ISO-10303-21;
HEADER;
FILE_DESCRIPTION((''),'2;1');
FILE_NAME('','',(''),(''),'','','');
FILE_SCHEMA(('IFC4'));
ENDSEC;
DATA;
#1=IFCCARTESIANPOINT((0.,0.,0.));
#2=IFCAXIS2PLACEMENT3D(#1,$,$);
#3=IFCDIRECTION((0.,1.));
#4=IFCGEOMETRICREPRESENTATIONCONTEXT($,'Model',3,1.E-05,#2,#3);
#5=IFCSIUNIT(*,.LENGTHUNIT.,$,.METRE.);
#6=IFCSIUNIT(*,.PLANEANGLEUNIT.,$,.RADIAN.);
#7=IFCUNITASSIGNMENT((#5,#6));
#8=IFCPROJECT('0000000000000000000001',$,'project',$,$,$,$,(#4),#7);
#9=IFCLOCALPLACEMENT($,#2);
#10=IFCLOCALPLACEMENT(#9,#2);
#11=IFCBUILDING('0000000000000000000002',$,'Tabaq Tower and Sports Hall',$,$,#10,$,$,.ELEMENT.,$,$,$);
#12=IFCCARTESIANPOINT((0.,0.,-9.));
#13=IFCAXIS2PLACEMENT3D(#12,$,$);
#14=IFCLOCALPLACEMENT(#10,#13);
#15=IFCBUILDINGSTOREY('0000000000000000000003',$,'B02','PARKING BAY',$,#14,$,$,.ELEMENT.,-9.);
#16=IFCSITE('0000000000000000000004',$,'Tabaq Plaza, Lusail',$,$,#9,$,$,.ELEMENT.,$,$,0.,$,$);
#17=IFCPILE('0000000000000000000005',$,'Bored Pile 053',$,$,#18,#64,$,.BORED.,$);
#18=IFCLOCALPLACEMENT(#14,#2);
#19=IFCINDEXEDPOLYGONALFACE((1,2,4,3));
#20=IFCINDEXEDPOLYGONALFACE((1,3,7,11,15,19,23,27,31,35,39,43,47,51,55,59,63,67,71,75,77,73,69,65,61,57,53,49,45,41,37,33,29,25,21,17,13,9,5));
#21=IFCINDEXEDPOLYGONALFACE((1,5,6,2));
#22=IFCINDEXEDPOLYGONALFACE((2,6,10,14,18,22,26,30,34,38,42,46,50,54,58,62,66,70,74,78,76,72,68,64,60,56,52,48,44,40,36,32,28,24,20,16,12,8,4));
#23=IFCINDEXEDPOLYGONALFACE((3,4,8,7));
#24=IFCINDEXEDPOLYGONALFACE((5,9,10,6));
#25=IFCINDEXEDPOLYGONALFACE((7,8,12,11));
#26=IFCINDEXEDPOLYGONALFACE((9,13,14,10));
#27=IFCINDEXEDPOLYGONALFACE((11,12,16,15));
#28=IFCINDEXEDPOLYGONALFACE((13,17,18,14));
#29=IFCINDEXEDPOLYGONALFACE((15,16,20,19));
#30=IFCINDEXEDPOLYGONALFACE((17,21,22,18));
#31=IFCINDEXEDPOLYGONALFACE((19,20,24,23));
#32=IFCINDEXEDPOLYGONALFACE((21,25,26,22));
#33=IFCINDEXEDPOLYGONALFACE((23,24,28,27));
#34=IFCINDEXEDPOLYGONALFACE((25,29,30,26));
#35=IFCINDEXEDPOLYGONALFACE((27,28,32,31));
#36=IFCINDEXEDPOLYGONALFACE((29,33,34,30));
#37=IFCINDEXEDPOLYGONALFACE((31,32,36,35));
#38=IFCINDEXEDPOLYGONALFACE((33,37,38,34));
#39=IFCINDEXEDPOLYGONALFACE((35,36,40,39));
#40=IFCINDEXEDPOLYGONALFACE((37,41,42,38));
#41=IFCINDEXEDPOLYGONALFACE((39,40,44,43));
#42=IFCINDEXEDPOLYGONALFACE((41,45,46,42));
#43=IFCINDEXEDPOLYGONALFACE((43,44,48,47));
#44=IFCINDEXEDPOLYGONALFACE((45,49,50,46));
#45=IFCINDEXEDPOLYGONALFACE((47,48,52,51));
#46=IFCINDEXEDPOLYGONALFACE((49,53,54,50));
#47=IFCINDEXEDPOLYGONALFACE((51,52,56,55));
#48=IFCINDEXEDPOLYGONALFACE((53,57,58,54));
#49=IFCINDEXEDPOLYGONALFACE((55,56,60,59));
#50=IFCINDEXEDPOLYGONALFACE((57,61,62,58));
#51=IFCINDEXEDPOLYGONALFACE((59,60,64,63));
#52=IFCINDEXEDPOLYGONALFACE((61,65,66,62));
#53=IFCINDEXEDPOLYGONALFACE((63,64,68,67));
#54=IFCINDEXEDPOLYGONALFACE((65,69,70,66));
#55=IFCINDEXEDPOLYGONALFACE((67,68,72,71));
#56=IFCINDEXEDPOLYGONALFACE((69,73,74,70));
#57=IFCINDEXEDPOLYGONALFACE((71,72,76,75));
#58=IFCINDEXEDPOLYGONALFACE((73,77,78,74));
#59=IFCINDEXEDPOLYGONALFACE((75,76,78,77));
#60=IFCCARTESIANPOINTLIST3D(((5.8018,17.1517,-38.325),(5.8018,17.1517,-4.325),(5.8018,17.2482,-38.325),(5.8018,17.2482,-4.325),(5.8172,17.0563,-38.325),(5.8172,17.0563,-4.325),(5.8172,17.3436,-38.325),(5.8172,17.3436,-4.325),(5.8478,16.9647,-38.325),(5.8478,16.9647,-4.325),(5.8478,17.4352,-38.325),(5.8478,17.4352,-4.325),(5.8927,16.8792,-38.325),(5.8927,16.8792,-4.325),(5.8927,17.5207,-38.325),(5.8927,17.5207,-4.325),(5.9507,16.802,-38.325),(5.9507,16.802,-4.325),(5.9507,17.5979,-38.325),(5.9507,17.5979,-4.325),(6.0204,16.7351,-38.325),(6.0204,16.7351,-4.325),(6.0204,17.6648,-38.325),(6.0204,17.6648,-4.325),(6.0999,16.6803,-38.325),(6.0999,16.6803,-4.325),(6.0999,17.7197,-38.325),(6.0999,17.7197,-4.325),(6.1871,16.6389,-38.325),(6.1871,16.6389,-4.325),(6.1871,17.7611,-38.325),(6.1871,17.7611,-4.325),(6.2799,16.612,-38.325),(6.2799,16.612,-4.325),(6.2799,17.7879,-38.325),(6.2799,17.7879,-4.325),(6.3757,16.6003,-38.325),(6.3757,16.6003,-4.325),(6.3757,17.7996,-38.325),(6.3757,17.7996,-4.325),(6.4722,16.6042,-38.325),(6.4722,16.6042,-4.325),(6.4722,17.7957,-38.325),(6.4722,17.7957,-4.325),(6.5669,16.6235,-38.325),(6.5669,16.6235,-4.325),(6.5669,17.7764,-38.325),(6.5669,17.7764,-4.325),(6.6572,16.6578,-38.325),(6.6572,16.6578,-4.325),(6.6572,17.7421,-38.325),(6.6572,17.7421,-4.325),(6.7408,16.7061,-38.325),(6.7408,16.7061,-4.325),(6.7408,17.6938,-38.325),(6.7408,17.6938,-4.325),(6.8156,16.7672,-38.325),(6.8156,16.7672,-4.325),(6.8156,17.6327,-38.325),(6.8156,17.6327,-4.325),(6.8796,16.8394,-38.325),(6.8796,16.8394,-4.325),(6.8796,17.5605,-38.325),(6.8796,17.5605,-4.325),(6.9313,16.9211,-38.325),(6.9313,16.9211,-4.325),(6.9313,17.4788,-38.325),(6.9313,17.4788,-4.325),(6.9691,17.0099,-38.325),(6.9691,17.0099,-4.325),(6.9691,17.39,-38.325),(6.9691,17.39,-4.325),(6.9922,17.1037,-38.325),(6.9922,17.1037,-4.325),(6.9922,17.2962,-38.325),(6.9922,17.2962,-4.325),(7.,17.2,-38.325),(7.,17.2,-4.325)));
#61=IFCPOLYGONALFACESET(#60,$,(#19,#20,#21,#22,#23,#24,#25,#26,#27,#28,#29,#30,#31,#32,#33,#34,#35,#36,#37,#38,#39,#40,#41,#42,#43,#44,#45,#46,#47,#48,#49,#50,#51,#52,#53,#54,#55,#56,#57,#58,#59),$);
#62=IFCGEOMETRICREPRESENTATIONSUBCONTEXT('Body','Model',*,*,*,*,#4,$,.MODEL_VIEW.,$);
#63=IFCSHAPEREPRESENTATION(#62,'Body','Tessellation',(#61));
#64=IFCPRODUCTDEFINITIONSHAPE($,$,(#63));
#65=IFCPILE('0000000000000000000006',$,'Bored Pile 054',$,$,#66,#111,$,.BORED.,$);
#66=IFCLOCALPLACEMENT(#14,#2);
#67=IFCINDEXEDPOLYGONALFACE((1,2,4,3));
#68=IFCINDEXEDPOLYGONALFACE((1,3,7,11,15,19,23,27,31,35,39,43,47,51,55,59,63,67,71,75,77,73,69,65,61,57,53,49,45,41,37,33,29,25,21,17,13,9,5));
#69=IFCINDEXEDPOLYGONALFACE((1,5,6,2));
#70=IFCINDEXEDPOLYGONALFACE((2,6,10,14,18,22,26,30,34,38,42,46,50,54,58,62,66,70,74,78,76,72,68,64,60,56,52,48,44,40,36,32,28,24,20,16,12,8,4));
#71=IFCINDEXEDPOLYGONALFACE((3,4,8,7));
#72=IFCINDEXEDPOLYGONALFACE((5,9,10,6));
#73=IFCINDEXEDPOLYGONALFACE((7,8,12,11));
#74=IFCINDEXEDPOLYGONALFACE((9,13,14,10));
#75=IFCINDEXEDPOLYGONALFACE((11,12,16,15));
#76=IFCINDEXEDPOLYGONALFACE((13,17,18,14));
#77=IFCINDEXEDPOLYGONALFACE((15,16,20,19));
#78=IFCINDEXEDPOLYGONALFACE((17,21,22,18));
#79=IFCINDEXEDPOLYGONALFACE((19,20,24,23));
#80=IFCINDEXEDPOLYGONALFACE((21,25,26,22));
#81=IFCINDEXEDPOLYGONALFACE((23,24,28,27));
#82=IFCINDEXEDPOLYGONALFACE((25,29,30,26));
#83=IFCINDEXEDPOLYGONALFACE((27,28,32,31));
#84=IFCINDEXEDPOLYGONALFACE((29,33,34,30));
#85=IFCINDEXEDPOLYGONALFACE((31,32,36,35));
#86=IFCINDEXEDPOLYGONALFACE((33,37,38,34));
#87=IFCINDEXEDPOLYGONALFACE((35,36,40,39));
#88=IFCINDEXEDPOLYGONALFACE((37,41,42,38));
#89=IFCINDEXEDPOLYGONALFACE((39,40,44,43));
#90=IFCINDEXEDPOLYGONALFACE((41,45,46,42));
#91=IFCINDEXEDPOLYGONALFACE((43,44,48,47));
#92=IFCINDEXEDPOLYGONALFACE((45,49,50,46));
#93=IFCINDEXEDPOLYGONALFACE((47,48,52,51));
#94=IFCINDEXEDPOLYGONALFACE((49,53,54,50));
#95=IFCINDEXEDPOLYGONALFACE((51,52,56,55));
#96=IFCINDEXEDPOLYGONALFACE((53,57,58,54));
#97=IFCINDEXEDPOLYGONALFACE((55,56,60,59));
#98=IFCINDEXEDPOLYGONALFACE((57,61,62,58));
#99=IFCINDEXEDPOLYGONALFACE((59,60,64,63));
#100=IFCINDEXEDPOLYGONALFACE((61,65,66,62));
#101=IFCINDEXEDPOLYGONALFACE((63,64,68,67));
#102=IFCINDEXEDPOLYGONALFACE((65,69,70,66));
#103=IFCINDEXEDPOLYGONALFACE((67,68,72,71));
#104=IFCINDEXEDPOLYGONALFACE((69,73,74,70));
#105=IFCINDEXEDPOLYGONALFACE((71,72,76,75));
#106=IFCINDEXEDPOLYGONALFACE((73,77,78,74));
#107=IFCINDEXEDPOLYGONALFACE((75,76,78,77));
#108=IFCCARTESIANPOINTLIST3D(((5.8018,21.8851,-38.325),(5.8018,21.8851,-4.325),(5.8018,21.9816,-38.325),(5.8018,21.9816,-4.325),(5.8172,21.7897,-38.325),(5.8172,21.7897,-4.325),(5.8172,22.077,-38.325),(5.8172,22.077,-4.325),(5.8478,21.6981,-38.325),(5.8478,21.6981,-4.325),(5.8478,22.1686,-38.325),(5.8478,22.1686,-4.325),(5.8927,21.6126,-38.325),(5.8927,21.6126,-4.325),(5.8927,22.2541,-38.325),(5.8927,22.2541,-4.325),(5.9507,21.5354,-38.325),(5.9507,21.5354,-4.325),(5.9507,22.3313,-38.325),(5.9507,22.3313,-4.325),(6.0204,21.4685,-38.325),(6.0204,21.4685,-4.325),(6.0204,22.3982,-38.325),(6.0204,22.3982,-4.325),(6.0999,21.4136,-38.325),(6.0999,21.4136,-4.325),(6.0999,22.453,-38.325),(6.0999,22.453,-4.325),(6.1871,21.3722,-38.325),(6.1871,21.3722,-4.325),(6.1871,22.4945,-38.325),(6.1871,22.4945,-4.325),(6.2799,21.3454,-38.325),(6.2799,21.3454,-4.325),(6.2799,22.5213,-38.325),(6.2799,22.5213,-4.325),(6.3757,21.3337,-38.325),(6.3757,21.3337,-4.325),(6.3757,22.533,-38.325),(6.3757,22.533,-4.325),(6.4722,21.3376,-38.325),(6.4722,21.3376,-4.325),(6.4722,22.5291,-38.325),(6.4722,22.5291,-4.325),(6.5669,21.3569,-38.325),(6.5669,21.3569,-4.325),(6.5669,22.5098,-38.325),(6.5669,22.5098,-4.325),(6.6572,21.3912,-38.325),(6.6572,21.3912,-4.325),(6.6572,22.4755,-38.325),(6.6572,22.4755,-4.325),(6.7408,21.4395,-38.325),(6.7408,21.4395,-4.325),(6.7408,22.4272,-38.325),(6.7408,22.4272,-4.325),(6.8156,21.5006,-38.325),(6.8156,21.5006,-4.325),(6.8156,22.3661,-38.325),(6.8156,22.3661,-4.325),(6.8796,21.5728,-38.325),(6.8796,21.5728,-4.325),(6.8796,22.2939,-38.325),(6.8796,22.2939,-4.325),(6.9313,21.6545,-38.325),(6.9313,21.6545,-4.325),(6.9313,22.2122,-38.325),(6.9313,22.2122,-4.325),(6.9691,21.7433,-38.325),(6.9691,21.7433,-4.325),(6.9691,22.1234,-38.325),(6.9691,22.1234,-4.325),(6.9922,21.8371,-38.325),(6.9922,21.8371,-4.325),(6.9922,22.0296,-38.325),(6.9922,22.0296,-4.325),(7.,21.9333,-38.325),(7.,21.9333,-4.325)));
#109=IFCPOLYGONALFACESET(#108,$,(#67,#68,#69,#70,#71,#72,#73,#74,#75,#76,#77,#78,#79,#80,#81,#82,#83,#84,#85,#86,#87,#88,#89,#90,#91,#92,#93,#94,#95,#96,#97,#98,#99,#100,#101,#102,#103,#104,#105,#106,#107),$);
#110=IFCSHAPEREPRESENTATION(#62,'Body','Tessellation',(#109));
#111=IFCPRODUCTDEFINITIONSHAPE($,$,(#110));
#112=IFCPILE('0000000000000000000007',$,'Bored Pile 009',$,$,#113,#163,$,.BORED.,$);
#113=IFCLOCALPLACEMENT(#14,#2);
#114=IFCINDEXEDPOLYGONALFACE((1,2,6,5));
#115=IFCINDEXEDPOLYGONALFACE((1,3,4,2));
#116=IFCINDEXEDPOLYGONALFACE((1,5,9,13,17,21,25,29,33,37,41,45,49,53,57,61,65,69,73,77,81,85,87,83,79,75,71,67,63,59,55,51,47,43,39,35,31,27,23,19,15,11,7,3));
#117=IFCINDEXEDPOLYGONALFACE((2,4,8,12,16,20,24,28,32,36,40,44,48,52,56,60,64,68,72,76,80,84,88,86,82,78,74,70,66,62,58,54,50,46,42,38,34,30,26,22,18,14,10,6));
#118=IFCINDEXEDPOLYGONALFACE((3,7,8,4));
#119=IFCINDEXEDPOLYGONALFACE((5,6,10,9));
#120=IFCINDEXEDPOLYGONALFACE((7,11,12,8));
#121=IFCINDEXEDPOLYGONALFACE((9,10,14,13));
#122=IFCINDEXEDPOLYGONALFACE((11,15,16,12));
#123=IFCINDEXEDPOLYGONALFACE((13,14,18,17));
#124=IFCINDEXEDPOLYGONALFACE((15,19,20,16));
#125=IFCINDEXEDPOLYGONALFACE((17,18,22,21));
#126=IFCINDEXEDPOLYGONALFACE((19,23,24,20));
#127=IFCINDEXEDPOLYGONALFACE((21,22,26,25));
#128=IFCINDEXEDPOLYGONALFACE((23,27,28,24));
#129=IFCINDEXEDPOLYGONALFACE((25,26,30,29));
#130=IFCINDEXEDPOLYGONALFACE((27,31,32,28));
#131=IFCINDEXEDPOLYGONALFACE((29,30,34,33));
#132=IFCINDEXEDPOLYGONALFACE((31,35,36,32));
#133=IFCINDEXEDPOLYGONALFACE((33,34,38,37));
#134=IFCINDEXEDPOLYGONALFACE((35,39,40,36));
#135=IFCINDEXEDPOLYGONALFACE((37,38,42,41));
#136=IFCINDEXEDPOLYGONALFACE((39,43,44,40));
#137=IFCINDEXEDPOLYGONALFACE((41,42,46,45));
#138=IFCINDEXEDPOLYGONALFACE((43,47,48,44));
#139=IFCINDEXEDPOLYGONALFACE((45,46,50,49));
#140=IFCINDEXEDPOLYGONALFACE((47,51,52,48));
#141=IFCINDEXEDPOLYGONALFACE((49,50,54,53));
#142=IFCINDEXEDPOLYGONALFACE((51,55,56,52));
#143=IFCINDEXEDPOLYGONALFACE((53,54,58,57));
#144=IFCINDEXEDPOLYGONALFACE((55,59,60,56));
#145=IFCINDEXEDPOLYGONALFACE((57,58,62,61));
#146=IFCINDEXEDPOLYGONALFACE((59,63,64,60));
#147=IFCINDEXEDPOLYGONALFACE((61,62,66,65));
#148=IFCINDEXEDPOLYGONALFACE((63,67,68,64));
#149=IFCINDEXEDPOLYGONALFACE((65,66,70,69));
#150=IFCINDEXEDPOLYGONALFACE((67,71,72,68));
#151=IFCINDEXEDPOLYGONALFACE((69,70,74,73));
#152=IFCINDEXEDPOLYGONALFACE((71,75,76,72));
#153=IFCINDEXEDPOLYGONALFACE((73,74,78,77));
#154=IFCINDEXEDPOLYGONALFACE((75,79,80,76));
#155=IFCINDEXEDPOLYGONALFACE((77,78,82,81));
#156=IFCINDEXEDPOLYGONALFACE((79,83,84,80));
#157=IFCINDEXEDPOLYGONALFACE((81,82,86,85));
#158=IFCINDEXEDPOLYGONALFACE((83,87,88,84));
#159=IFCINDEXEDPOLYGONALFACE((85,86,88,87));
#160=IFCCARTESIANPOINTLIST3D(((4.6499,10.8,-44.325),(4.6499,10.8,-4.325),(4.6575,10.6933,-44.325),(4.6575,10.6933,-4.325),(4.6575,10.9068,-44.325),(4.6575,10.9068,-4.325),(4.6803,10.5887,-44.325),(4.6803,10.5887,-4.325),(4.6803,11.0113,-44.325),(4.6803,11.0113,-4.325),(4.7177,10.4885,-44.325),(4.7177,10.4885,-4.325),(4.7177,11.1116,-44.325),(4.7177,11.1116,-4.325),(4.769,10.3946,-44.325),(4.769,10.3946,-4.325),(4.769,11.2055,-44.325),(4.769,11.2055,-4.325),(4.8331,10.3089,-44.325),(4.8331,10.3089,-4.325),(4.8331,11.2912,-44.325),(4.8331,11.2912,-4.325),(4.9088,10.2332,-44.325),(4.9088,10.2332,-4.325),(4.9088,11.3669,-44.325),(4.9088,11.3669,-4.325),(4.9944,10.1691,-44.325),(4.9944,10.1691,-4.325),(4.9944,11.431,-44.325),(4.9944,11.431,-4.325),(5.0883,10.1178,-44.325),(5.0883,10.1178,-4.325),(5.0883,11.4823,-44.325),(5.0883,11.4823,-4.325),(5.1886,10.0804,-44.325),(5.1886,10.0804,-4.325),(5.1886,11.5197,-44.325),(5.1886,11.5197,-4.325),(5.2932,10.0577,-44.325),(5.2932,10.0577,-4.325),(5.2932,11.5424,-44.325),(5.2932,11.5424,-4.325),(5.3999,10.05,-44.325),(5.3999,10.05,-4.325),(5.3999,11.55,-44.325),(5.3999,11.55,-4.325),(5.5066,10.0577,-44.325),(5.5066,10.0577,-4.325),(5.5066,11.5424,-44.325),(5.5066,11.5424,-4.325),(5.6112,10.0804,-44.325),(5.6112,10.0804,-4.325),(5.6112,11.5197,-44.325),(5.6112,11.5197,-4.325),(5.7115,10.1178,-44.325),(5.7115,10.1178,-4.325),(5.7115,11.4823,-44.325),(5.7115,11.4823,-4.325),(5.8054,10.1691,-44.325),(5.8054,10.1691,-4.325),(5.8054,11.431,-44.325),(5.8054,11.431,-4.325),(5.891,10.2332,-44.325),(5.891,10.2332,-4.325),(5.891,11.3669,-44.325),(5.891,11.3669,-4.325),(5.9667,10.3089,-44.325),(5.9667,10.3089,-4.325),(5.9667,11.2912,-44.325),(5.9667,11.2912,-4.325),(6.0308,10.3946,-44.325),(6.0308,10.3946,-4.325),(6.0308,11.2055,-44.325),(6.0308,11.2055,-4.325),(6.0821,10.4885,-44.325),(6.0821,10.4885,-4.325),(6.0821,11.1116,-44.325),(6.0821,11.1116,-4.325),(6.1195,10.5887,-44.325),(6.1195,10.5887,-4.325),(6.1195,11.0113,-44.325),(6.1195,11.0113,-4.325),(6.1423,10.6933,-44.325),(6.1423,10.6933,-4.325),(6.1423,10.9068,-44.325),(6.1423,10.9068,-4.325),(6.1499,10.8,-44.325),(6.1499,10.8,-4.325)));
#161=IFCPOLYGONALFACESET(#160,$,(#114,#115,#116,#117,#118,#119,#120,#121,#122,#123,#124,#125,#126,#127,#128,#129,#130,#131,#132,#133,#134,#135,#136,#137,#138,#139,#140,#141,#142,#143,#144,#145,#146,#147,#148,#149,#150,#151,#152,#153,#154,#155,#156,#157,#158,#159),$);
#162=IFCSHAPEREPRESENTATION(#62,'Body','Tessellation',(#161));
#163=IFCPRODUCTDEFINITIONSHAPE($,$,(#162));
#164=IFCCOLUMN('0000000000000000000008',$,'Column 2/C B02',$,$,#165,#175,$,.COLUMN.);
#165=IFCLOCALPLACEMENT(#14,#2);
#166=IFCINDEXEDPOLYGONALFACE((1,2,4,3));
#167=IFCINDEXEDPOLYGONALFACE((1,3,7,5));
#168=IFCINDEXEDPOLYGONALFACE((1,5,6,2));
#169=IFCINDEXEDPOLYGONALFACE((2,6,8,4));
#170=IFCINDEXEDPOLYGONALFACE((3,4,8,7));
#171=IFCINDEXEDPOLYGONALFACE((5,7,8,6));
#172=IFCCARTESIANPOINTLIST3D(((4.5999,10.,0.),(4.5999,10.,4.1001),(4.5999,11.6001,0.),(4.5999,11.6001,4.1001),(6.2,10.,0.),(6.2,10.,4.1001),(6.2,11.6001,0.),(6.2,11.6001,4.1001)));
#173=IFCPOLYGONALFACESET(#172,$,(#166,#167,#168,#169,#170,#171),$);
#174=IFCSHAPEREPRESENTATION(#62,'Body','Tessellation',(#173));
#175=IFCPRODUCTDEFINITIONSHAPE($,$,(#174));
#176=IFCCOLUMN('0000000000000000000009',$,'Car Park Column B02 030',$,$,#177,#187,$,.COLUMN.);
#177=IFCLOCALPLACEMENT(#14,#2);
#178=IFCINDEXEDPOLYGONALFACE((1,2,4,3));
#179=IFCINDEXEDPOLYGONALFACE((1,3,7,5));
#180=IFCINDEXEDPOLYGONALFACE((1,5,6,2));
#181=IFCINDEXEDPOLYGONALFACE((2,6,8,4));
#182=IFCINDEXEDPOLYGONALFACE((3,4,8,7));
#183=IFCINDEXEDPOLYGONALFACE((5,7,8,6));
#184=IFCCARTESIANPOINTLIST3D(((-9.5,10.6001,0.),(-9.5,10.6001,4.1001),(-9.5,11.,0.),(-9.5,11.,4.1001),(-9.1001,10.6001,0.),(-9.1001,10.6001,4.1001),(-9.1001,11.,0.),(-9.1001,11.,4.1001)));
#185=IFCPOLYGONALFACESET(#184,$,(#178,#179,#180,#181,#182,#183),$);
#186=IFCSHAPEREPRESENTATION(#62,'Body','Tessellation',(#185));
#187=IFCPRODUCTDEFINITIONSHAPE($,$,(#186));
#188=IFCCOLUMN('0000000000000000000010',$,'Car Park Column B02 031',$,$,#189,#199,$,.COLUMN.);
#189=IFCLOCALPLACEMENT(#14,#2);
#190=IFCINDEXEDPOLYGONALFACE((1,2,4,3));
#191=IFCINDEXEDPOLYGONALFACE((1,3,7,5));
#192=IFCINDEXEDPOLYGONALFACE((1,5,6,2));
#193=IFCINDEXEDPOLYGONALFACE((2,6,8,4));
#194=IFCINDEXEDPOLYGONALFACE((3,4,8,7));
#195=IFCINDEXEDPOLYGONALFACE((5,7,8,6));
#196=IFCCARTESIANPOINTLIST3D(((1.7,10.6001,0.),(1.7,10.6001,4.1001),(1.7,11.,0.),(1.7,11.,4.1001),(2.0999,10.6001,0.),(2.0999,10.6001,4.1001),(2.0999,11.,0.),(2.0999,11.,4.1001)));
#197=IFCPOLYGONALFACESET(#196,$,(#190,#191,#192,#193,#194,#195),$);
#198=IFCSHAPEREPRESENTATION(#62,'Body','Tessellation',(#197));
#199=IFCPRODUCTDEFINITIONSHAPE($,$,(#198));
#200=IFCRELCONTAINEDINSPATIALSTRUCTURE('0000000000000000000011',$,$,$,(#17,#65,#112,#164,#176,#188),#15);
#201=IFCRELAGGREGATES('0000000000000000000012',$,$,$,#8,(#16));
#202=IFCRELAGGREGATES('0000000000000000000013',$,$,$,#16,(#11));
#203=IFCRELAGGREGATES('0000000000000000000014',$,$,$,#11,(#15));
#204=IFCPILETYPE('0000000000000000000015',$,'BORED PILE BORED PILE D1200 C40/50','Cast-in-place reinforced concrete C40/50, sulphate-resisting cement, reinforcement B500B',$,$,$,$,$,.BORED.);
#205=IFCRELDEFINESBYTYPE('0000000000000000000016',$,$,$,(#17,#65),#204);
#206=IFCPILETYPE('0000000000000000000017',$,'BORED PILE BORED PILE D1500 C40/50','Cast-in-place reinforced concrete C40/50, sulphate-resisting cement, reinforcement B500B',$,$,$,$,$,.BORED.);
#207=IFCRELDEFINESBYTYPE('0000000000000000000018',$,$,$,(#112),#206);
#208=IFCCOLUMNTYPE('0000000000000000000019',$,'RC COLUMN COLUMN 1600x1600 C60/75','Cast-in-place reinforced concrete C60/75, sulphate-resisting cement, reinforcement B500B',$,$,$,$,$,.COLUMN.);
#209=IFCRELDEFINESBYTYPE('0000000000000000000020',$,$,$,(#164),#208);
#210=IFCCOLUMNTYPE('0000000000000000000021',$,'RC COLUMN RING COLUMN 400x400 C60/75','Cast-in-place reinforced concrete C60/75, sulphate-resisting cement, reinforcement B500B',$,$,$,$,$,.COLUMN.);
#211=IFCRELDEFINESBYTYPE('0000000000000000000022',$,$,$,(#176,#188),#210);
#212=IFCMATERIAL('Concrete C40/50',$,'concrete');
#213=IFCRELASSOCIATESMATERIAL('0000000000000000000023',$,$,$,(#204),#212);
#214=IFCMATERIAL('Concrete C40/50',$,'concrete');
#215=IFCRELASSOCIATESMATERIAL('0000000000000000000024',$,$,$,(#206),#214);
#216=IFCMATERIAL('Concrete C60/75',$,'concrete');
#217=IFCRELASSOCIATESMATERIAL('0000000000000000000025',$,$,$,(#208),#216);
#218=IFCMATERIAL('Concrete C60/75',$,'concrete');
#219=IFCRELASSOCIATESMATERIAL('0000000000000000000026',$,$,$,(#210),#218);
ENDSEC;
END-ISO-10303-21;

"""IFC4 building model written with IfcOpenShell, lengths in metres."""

from ifc_helpers import new_model, si_unit, direction, frame, origin, origin_2d, place, context, subcontext, project, spatial, rectangle, circle, extrude, material, material_profile, profile_set, type_object, element, save


model = new_model("IFC4")

# Units and contexts
model_context = context("Model", 3, precision=1e-05, world=origin(), true_north=direction((0.0, 1.0)))
body_context = subcontext(model_context, "Body", "Model", "MODEL_VIEW")
ifc_project = project(units=[si_unit("LENGTHUNIT", "METRE"), si_unit("PLANEANGLEUNIT", "RADIAN")], contexts=[model_context])

# Site, building, storey
site_placement = place(None, origin())
site = spatial("IfcSite", under=ifc_project, at=site_placement, Name="Tabaq Plaza, Lusail", CompositionType="ELEMENT", RefElevation=0.0)
building_placement = place(site_placement, origin())
building = spatial("IfcBuilding", under=site, at=building_placement, Name="Tabaq Tower and Sports Hall", CompositionType="ELEMENT")
storey_placement = place(building_placement, frame((0.0, 0.0, -9.0)))
storey = spatial("IfcBuildingStorey", under=building, at=storey_placement, Name="B02", Description="PARKING BAY", CompositionType="ELEMENT", Elevation=-9.0)

# Piles
ifc_material_1 = material(Name="Concrete C40/50", Category="concrete")
ifc_material_profile_1 = material_profile(ifc_material_1, circle(Radius=0.6001, at=origin_2d()), Name="BORED PILE D1200")
ifc_profile_set_1 = profile_set([ifc_material_profile_1], Name="Concrete C40/50")
pile_type_1 = type_object("IfcPileType", Name="BORED PILE BORED PILE D1200 C40/50", Description="Cast-in-place reinforced concrete C40/50, sulphate-resisting cement, reinforcement B500B", PredefinedType="BORED", material=ifc_profile_set_1)
for number, where, z_axis, x_axis, name in (
    (1, (6.3999, 17.2, -4.325), (0.0, 0.0, -1.0), (1.0, 0.0, 0.0), "Bored Pile 053"),
    (2, (6.3999, 21.9333, -4.325), (0.0, 0.0, -1.0), (1.0, 0.0, 0.0), "Bored Pile 054"),
):
    element("IfcPile", number, at=place(storey_placement, frame(where, z_axis=z_axis, x_axis=x_axis)), inside=storey, type_object=pile_type_1, Name=name, PredefinedType="BORED", context=body_context, shape_type="SweptSolid", body=[
        extrude(circle(Radius=0.6001, at=origin_2d()), origin(), (0.0, 0.0, 1.0), 34.0),
    ])
ifc_material_2 = material(Name="Concrete C40/50", Category="concrete")
ifc_material_profile_2 = material_profile(ifc_material_2, circle(Radius=0.75, at=origin_2d()), Name="BORED PILE D1500")
ifc_profile_set_2 = profile_set([ifc_material_profile_2], Name="Concrete C40/50")
pile_type_2 = type_object("IfcPileType", Name="BORED PILE BORED PILE D1500 C40/50", Description="Cast-in-place reinforced concrete C40/50, sulphate-resisting cement, reinforcement B500B", PredefinedType="BORED", material=ifc_profile_set_2)
pile_placement = place(storey_placement, frame((5.3999, 10.8, -4.325), z_axis=(0.0, 0.0, -1.0), x_axis=(1.0, 0.0, 0.0)))
element("IfcPile", 3, at=pile_placement, inside=storey, type_object=pile_type_2, Name="Bored Pile 009", PredefinedType="BORED", context=body_context, shape_type="SweptSolid", body=[
    extrude(circle(Radius=0.75, at=origin_2d()), origin(), (0.0, 0.0, 1.0), 40.0),
])

# Columns
ifc_material_3 = material(Name="Concrete C60/75", Category="concrete")
ifc_material_profile_3 = material_profile(ifc_material_3, rectangle(XDim=1.6001, YDim=1.6001, at=origin_2d()), Name="COLUMN 1600x1600")
ifc_profile_set_3 = profile_set([ifc_material_profile_3], Name="Concrete C60/75")
column_type_1 = type_object("IfcColumnType", Name="RC COLUMN COLUMN 1600x1600 C60/75", Description="Cast-in-place reinforced concrete C60/75, sulphate-resisting cement, reinforcement B500B", PredefinedType="COLUMN", material=ifc_profile_set_3)
column_placement = place(storey_placement, frame((5.3999, 10.8, 0.0), z_axis=(0.0, 0.0, 1.0), x_axis=(1.0, 0.0, 0.0)))
element("IfcColumn", 4, at=column_placement, inside=storey, type_object=column_type_1, Name="Column 2/C B02", PredefinedType="COLUMN", context=body_context, shape_type="SweptSolid", body=[
    extrude(rectangle(XDim=1.6001, YDim=1.6001, at=origin_2d()), origin(), (0.0, 0.0, 1.0), 4.1001),
])
ifc_material_4 = material(Name="Concrete C60/75", Category="concrete")
ifc_material_profile_4 = material_profile(ifc_material_4, rectangle(XDim=0.3999, YDim=0.3999, at=origin_2d()), Name="RING COLUMN 400x400")
ifc_profile_set_4 = profile_set([ifc_material_profile_4], Name="Concrete C60/75")
column_type_2 = type_object("IfcColumnType", Name="RC COLUMN RING COLUMN 400x400 C60/75", Description="Cast-in-place reinforced concrete C60/75, sulphate-resisting cement, reinforcement B500B", PredefinedType="COLUMN", material=ifc_profile_set_4)
for number, where, z_axis, x_axis, name in (
    (5, (-9.3, 10.8, 0.0), (0.0, 0.0, 1.0), (1.0, 0.0, 0.0), "Car Park Column B02 030"),
    (6, (1.8999, 10.8, 0.0), (0.0, 0.0, 1.0), (1.0, 0.0, 0.0), "Car Park Column B02 031"),
):
    element("IfcColumn", number, at=place(storey_placement, frame(where, z_axis=z_axis, x_axis=x_axis)), inside=storey, type_object=column_type_2, Name=name, PredefinedType="COLUMN", context=body_context, shape_type="SweptSolid", body=[
        extrude(rectangle(XDim=0.3999, YDim=0.3999, at=origin_2d()), origin(), (0.0, 0.0, 1.0), 4.1001),
    ])

save(model, "model.ifc")
